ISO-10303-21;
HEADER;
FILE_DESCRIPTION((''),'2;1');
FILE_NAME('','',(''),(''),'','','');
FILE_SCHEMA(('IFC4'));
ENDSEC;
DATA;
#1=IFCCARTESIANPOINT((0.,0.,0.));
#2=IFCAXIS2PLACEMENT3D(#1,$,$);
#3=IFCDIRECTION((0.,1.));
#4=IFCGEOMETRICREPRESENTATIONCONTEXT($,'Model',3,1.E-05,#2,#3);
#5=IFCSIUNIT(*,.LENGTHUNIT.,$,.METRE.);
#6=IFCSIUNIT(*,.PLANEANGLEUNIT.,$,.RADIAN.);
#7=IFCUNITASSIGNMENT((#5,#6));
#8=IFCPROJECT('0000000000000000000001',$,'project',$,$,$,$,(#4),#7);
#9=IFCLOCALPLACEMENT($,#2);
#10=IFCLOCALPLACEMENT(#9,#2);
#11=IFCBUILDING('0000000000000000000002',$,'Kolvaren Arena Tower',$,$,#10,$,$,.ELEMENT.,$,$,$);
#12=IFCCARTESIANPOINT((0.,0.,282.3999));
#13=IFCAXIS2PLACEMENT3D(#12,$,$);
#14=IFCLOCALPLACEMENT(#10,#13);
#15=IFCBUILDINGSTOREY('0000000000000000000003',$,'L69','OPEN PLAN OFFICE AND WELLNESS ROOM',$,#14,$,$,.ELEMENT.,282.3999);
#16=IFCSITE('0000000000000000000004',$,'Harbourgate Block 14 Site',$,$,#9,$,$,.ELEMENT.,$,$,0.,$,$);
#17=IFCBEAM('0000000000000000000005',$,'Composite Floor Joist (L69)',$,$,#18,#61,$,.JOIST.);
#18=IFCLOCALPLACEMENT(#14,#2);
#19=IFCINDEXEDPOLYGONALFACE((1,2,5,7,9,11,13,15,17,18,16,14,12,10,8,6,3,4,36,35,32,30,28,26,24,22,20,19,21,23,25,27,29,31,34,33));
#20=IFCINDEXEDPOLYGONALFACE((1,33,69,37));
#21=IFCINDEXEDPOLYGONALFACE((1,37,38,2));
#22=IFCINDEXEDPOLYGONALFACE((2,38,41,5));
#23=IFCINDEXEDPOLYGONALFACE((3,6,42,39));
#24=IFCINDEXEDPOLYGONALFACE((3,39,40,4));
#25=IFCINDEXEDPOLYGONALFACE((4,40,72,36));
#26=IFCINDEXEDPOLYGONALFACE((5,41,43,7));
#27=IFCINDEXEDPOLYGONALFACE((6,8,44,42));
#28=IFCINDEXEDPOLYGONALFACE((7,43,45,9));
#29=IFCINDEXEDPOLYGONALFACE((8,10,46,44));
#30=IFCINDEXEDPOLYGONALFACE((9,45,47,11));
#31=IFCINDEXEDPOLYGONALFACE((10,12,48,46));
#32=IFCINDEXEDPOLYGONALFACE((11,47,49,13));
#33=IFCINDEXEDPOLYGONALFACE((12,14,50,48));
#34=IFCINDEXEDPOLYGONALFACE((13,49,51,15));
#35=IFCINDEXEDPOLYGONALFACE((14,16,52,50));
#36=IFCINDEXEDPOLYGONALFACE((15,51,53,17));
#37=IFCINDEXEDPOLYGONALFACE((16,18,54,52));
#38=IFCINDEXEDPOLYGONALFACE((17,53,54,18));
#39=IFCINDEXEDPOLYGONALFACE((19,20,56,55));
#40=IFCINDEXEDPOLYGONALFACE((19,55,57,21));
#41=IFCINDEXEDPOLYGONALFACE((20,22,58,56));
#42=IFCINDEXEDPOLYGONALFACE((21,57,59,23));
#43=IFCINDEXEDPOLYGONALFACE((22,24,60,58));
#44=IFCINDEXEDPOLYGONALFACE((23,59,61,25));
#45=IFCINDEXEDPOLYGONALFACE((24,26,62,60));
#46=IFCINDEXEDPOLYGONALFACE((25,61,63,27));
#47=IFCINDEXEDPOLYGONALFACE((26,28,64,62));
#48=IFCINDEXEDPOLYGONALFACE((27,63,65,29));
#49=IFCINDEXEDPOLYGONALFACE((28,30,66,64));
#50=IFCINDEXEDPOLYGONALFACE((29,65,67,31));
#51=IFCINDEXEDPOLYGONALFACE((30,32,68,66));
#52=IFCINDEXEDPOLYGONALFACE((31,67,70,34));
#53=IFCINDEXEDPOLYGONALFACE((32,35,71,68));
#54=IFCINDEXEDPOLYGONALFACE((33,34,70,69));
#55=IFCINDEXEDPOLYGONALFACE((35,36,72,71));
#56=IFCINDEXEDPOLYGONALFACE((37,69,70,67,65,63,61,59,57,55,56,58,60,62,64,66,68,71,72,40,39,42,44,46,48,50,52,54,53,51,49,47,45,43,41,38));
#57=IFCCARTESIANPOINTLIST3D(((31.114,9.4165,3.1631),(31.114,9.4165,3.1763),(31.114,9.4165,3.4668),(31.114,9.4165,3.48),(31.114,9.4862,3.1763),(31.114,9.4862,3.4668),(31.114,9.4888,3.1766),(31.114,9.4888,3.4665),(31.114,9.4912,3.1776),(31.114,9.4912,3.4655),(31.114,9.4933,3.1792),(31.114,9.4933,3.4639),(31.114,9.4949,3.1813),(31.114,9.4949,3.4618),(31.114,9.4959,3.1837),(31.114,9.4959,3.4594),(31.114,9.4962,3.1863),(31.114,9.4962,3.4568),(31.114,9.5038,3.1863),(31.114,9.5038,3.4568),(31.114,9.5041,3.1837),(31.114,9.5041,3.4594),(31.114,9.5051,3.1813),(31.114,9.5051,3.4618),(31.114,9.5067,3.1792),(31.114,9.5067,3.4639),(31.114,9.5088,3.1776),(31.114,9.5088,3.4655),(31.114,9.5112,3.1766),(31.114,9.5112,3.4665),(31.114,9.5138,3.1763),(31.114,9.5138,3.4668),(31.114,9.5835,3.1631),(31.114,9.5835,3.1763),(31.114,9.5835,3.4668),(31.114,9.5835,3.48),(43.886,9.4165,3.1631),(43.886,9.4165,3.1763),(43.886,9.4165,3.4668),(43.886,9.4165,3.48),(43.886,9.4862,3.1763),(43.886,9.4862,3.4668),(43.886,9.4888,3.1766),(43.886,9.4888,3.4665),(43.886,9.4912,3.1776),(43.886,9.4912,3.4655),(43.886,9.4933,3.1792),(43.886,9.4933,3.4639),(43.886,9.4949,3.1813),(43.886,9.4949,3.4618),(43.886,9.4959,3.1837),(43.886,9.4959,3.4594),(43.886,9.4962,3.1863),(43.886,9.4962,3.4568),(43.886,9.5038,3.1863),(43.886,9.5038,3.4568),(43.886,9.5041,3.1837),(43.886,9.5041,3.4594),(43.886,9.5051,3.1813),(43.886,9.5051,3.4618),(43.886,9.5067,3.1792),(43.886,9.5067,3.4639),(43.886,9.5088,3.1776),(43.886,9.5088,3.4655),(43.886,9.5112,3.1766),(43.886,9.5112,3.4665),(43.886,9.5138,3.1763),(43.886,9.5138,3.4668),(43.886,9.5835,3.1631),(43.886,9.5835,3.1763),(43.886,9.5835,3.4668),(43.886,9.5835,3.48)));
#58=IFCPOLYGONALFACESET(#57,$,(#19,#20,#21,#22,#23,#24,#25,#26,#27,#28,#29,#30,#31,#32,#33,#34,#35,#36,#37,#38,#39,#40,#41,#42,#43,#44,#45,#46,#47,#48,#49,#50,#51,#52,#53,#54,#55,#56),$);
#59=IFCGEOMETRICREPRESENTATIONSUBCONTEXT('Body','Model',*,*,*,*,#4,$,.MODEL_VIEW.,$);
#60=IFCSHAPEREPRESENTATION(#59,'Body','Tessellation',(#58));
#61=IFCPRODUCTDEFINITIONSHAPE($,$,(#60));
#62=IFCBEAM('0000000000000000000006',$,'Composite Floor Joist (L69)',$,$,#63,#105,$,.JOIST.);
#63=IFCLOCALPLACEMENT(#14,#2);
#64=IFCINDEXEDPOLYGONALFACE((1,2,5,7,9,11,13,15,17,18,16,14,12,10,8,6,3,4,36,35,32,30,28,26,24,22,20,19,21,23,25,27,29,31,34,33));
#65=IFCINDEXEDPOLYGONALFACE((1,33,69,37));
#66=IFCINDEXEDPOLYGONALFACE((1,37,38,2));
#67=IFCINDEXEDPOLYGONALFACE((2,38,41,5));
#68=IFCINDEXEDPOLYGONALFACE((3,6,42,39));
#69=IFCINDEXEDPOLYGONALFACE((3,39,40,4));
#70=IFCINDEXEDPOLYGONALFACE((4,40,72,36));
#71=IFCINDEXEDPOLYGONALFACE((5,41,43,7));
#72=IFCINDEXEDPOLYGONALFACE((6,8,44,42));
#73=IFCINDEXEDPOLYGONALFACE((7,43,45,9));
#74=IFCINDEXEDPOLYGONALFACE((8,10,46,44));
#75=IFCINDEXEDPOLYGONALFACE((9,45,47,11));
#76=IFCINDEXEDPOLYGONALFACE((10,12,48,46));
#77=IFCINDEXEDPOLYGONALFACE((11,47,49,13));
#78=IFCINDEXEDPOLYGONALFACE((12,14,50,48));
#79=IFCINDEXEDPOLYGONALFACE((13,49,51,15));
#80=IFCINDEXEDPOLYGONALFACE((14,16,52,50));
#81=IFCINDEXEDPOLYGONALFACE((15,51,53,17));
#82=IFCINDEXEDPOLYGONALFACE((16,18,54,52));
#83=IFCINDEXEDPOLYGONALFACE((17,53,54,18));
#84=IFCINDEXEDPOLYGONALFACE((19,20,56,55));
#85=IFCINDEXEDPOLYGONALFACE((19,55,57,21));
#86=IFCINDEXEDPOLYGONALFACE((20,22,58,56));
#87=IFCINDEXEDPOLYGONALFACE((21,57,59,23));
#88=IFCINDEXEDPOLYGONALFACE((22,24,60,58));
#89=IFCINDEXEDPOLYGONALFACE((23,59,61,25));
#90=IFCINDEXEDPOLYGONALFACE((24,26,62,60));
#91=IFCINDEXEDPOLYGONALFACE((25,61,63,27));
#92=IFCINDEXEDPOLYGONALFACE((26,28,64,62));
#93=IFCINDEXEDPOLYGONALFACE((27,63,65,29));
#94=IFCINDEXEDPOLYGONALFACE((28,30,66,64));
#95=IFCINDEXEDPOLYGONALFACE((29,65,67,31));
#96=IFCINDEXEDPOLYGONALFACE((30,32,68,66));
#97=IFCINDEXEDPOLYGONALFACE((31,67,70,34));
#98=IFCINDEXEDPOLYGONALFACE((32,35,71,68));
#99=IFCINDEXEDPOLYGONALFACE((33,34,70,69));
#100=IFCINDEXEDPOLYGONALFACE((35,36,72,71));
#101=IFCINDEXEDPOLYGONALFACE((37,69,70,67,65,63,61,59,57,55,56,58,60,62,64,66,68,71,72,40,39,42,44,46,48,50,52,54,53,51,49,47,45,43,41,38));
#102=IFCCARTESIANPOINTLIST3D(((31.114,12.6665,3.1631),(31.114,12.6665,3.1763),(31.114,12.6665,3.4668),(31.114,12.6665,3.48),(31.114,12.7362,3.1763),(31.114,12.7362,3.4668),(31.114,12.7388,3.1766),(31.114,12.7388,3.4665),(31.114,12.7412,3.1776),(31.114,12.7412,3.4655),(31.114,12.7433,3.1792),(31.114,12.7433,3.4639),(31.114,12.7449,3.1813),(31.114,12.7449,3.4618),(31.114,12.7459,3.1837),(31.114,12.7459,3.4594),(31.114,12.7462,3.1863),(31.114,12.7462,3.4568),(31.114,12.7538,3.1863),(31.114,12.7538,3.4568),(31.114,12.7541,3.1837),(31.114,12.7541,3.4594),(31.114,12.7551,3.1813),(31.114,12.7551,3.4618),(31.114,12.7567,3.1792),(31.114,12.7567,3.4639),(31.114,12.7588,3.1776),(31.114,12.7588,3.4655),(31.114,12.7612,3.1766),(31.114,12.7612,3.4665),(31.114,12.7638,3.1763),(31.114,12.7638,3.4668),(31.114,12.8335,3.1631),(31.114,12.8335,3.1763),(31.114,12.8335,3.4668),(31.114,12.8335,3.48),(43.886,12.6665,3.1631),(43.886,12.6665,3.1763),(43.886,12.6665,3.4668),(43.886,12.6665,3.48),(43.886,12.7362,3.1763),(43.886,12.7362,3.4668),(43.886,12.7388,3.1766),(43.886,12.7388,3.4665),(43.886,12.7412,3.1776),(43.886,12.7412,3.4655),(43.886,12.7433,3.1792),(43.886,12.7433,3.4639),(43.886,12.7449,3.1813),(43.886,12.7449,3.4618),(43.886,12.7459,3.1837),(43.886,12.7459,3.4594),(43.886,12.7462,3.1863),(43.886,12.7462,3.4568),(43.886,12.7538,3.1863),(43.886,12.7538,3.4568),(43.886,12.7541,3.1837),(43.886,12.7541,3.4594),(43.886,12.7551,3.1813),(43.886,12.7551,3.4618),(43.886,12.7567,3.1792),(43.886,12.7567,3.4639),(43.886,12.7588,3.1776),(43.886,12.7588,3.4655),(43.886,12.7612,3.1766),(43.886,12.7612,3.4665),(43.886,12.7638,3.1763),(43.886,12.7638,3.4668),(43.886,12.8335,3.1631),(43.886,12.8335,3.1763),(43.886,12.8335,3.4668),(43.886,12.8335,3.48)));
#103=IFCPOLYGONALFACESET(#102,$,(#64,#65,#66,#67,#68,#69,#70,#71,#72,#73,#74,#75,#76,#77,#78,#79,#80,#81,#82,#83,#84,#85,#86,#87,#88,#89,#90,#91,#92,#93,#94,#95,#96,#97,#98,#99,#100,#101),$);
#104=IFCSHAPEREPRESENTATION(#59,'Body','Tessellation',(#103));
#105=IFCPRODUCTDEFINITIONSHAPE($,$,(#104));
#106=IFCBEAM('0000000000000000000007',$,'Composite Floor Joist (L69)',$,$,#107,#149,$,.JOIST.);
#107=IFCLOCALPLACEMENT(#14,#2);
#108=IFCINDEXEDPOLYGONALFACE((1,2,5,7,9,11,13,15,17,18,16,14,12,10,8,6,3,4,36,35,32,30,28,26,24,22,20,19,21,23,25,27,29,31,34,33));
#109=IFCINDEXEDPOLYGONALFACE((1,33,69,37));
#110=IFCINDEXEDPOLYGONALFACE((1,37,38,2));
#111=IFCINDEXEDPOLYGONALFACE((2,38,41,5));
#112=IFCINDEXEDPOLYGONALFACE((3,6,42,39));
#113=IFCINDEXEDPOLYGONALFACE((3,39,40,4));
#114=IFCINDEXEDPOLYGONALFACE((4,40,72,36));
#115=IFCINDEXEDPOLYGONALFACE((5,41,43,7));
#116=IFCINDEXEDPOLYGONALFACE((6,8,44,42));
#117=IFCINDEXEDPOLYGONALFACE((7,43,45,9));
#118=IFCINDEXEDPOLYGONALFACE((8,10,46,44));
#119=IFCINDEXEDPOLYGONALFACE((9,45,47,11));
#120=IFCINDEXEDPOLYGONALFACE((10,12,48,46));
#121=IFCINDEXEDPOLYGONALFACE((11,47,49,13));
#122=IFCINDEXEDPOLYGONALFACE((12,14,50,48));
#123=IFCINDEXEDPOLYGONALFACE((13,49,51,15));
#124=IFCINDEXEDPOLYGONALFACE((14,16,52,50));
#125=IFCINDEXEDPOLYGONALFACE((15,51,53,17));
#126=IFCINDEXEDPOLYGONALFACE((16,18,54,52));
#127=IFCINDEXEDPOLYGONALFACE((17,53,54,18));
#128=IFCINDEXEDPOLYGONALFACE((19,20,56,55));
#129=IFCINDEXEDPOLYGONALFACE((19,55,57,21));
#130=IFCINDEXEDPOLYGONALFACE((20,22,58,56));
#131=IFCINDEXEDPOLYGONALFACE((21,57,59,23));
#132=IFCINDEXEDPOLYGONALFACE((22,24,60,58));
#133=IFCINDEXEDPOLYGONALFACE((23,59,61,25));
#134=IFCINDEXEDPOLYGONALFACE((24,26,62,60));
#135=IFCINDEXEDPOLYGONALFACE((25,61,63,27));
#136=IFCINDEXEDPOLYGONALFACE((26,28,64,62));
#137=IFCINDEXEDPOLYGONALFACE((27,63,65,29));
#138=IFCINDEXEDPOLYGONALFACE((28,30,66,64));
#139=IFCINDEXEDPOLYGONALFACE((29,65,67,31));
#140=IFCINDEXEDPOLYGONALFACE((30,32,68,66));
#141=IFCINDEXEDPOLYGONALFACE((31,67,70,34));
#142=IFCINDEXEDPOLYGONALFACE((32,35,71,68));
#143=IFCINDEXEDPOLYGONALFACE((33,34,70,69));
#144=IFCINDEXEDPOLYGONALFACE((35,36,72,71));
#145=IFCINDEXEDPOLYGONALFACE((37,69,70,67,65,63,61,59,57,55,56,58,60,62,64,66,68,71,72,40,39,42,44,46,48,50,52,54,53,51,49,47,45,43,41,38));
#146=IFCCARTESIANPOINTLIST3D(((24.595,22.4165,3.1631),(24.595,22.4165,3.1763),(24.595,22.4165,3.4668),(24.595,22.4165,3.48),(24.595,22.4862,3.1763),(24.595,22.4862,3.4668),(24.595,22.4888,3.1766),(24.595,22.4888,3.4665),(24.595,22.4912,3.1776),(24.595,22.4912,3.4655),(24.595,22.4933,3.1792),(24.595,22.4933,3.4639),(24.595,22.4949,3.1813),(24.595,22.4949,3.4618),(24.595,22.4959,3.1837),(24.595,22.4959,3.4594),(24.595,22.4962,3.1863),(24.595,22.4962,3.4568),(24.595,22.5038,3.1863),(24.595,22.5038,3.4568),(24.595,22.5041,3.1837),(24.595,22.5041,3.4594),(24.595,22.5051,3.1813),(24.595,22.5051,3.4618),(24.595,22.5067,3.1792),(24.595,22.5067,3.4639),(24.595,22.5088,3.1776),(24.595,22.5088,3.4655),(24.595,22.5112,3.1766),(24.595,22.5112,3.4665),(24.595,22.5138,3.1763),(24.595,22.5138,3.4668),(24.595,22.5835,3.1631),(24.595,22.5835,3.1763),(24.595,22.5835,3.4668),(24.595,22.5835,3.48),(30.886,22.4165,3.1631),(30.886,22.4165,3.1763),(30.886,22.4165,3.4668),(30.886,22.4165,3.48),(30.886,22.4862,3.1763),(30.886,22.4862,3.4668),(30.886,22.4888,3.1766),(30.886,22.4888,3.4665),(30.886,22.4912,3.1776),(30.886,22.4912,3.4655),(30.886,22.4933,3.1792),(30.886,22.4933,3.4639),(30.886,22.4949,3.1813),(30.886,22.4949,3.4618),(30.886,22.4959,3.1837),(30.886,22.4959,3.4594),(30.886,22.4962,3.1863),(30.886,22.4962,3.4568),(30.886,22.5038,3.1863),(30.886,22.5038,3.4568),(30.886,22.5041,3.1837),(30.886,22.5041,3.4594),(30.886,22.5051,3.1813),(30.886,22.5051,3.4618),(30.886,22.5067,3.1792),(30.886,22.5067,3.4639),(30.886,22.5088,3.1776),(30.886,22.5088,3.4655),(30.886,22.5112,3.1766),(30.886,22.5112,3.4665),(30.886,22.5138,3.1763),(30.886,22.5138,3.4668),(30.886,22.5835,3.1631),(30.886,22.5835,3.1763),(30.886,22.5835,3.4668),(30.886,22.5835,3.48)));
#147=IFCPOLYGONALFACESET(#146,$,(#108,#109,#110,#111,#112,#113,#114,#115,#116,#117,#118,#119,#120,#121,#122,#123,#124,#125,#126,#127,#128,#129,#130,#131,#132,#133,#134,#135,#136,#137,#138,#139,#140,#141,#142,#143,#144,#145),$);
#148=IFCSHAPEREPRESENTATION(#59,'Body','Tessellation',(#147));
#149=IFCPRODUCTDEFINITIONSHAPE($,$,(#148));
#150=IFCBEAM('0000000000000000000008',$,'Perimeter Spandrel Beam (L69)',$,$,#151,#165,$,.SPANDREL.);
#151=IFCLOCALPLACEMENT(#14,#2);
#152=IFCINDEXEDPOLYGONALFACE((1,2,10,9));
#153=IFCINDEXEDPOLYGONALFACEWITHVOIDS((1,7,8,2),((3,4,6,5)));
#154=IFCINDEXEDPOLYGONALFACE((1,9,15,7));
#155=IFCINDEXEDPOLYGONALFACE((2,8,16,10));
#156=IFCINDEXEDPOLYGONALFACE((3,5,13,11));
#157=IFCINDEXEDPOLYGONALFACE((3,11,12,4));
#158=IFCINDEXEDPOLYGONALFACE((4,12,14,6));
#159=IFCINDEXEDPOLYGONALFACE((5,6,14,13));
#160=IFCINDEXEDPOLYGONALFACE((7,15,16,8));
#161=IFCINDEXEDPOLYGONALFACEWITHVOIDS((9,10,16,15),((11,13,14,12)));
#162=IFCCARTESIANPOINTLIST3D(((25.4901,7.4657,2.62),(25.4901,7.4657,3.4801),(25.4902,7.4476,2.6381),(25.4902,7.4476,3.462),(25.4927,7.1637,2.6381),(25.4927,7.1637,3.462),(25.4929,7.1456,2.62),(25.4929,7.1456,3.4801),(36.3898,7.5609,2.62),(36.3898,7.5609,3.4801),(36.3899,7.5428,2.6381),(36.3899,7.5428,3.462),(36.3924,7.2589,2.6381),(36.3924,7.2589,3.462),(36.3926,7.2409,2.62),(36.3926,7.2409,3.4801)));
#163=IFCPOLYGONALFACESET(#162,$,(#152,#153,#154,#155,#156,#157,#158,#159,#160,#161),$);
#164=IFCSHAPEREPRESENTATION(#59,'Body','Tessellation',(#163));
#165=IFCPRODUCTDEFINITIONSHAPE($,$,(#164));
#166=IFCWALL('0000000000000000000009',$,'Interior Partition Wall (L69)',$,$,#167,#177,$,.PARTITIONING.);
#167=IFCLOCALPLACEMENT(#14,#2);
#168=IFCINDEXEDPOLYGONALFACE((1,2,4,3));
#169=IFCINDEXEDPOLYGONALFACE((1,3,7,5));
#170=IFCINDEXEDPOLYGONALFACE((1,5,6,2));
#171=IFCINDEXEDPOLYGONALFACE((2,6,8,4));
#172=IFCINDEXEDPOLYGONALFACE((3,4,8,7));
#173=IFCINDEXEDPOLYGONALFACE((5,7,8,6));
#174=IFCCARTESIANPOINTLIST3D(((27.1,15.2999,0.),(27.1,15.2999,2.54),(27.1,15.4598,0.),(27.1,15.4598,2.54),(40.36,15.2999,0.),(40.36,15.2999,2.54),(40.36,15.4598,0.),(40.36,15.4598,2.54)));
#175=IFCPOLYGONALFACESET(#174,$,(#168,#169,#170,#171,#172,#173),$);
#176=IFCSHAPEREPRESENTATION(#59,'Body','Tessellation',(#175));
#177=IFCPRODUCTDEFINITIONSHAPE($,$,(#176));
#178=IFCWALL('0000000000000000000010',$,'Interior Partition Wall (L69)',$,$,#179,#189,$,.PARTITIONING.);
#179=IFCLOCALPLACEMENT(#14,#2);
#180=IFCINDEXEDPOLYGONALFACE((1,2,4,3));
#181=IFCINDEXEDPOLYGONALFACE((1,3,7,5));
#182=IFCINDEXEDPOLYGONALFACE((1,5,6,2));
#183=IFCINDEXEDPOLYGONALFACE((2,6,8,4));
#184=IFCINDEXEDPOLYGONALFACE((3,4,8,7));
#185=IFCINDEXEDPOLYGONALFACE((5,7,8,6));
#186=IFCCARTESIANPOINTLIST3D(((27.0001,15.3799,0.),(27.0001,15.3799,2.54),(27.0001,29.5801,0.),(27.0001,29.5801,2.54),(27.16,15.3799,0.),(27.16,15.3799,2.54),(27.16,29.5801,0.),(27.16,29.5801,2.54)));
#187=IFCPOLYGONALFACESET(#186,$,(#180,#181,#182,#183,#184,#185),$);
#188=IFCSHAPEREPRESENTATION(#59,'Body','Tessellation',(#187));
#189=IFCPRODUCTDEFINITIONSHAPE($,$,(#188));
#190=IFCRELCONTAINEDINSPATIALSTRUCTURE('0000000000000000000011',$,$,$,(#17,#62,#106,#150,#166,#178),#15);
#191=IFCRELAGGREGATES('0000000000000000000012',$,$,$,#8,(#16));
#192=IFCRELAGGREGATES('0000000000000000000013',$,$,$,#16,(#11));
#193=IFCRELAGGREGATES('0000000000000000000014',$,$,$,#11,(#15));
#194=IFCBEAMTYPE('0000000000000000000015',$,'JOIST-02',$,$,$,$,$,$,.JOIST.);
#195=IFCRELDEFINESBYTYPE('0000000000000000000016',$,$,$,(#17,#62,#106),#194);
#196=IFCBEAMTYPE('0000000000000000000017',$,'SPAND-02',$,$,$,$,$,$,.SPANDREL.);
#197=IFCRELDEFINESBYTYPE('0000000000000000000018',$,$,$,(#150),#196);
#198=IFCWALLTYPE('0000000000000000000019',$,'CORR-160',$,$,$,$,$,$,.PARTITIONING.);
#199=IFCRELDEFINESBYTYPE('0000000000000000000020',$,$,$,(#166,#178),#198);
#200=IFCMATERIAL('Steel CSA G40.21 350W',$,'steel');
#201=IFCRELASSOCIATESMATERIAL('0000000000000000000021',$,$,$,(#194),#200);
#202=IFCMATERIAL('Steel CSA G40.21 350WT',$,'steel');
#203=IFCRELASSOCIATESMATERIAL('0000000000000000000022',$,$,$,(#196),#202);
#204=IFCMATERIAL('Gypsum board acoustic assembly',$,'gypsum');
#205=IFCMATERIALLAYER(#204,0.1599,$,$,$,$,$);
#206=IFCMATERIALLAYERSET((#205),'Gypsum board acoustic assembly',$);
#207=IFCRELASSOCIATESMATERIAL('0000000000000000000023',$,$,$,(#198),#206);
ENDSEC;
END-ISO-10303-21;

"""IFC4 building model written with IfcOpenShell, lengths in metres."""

from ifc_helpers import new_model, si_unit, direction, frame, frame_2d, origin, origin_2d, place, context, subcontext, project, spatial, rectangle, hollow_rectangle, i_section, extrude, material, layer, layer_set, material_profile, profile_set, type_object, element, save


model = new_model("IFC4")

# Units and contexts
model_context = context("Model", 3, precision=1e-05, world=origin(), true_north=direction((0.0, 1.0)))
body_context = subcontext(model_context, "Body", "Model", "MODEL_VIEW")
ifc_project = project(units=[si_unit("LENGTHUNIT", "METRE"), si_unit("PLANEANGLEUNIT", "RADIAN")], contexts=[model_context])

# Site, building, storey
site_placement = place(None, origin())
site = spatial("IfcSite", under=ifc_project, at=site_placement, Name="Harbourgate Block 14 Site", CompositionType="ELEMENT", RefElevation=0.0)
building_placement = place(site_placement, origin())
building = spatial("IfcBuilding", under=site, at=building_placement, Name="Kolvaren Arena Tower", CompositionType="ELEMENT")
storey_placement = place(building_placement, frame((0.0, 0.0, 282.3999)))
storey = spatial("IfcBuildingStorey", under=building, at=storey_placement, Name="L69", Description="OPEN PLAN OFFICE AND WELLNESS ROOM", CompositionType="ELEMENT", Elevation=282.3999)

# Beams
ifc_material_1 = material(Name="Steel CSA G40.21 350W", Category="steel")
ifc_material_profile_1 = material_profile(ifc_material_1, i_section(OverallWidth=0.167, OverallDepth=0.3169, WebThickness=0.0076, FlangeThickness=0.0132, FilletRadius=0.01, at=origin_2d()), Name="W310x52")
ifc_profile_set_1 = profile_set([ifc_material_profile_1], Name="Steel CSA G40.21 350W")
beam_type_1 = type_object("IfcBeamType", Name="JOIST-02", PredefinedType="JOIST", material=ifc_profile_set_1)
for number, where, z_axis, x_axis, name in (
    (1, (31.114, 9.5, 3.3215), (1.0, 0.0, 0.0), (0.0, 1.0, 0.0), "Composite Floor Joist (L69)"),
    (2, (31.114, 12.75, 3.3215), (1.0, 0.0, 0.0), (0.0, 1.0, 0.0), "Composite Floor Joist (L69)"),
):
    element("IfcBeam", number, at=place(storey_placement, frame(where, z_axis=z_axis, x_axis=x_axis)), inside=storey, type_object=beam_type_1, Name=name, PredefinedType="JOIST", context=body_context, shape_type="SweptSolid", body=[
        extrude(i_section(OverallWidth=0.167, OverallDepth=0.3169, WebThickness=0.0076, FlangeThickness=0.0132, FilletRadius=0.01, at=origin_2d()), origin(), (0.0, 0.0, 1.0), 12.772),
    ])
beam_1_placement = place(storey_placement, frame((24.595, 22.5, 3.3215), z_axis=(1.0, 0.0, 0.0), x_axis=(0.0, 1.0, 0.0)))
element("IfcBeam", 3, at=beam_1_placement, inside=storey, type_object=beam_type_1, Name="Composite Floor Joist (L69)", PredefinedType="JOIST", context=body_context, shape_type="SweptSolid", body=[
    extrude(i_section(OverallWidth=0.167, OverallDepth=0.3169, WebThickness=0.0076, FlangeThickness=0.0132, FilletRadius=0.01, at=origin_2d()), origin(), (0.0, 0.0, 1.0), 6.291),
])
ifc_material_2 = material(Name="Steel CSA G40.21 350WT", Category="steel")
ifc_material_profile_2 = material_profile(ifc_material_2, hollow_rectangle(XDim=0.3201, YDim=0.8601, WallThickness=0.0181, at=origin_2d()), Name="HSS 860x320x18")
ifc_profile_set_2 = profile_set([ifc_material_profile_2], Name="Steel CSA G40.21 350WT")
beam_type_2 = type_object("IfcBeamType", Name="SPAND-02", PredefinedType="SPANDREL", material=ifc_profile_set_2)
beam_2_placement = place(storey_placement, frame((25.4915, 7.3057, 3.05), z_axis=(0.999962, 0.008735, 0.0), x_axis=(-0.008735, 0.999962, 0.0)))
element("IfcBeam", 4, at=beam_2_placement, inside=storey, type_object=beam_type_2, Name="Perimeter Spandrel Beam (L69)", PredefinedType="SPANDREL", context=body_context, shape_type="SweptSolid", body=[
    extrude(hollow_rectangle(XDim=0.3201, YDim=0.8601, WallThickness=0.0181, at=origin_2d()), origin(), (0.0, 0.0, 1.0), 10.9001),
])

# Walls
ifc_material_3 = material(Name="Gypsum board acoustic assembly", Category="gypsum")
ifc_layer_1 = layer(ifc_material_3, 0.1599)
ifc_layer_set_1 = layer_set([ifc_layer_1], Name="Gypsum board acoustic assembly")
wall_type_1 = type_object("IfcWallType", Name="CORR-160", PredefinedType="PARTITIONING", material=ifc_layer_set_1)
wall_1_placement = place(storey_placement, frame((27.1001, 15.3799, 0.0), z_axis=(0.0, 0.0, 1.0), x_axis=(1.0, 0.0, 0.0)))
element("IfcWall", 5, at=wall_1_placement, inside=storey, type_object=wall_type_1, Name="Interior Partition Wall (L69)", PredefinedType="PARTITIONING", context=body_context, shape_type="SweptSolid", body=[
    extrude(rectangle(XDim=13.26, YDim=0.1599, at=frame_2d((6.6299, 0.0))), origin(), (0.0, 0.0, 1.0), 2.54),
])
wall_2_placement = place(storey_placement, frame((27.0801, 15.3799, 0.0), z_axis=(0.0, 0.0, 1.0), x_axis=(0.0, 1.0, 0.0)))
element("IfcWall", 6, at=wall_2_placement, inside=storey, type_object=wall_type_1, Name="Interior Partition Wall (L69)", PredefinedType="PARTITIONING", context=body_context, shape_type="SweptSolid", body=[
    extrude(rectangle(XDim=14.2002, YDim=0.1599, at=frame_2d((7.1001, 0.0))), origin(), (0.0, 0.0, 1.0), 2.54),
])

save(model, "model.ifc")
